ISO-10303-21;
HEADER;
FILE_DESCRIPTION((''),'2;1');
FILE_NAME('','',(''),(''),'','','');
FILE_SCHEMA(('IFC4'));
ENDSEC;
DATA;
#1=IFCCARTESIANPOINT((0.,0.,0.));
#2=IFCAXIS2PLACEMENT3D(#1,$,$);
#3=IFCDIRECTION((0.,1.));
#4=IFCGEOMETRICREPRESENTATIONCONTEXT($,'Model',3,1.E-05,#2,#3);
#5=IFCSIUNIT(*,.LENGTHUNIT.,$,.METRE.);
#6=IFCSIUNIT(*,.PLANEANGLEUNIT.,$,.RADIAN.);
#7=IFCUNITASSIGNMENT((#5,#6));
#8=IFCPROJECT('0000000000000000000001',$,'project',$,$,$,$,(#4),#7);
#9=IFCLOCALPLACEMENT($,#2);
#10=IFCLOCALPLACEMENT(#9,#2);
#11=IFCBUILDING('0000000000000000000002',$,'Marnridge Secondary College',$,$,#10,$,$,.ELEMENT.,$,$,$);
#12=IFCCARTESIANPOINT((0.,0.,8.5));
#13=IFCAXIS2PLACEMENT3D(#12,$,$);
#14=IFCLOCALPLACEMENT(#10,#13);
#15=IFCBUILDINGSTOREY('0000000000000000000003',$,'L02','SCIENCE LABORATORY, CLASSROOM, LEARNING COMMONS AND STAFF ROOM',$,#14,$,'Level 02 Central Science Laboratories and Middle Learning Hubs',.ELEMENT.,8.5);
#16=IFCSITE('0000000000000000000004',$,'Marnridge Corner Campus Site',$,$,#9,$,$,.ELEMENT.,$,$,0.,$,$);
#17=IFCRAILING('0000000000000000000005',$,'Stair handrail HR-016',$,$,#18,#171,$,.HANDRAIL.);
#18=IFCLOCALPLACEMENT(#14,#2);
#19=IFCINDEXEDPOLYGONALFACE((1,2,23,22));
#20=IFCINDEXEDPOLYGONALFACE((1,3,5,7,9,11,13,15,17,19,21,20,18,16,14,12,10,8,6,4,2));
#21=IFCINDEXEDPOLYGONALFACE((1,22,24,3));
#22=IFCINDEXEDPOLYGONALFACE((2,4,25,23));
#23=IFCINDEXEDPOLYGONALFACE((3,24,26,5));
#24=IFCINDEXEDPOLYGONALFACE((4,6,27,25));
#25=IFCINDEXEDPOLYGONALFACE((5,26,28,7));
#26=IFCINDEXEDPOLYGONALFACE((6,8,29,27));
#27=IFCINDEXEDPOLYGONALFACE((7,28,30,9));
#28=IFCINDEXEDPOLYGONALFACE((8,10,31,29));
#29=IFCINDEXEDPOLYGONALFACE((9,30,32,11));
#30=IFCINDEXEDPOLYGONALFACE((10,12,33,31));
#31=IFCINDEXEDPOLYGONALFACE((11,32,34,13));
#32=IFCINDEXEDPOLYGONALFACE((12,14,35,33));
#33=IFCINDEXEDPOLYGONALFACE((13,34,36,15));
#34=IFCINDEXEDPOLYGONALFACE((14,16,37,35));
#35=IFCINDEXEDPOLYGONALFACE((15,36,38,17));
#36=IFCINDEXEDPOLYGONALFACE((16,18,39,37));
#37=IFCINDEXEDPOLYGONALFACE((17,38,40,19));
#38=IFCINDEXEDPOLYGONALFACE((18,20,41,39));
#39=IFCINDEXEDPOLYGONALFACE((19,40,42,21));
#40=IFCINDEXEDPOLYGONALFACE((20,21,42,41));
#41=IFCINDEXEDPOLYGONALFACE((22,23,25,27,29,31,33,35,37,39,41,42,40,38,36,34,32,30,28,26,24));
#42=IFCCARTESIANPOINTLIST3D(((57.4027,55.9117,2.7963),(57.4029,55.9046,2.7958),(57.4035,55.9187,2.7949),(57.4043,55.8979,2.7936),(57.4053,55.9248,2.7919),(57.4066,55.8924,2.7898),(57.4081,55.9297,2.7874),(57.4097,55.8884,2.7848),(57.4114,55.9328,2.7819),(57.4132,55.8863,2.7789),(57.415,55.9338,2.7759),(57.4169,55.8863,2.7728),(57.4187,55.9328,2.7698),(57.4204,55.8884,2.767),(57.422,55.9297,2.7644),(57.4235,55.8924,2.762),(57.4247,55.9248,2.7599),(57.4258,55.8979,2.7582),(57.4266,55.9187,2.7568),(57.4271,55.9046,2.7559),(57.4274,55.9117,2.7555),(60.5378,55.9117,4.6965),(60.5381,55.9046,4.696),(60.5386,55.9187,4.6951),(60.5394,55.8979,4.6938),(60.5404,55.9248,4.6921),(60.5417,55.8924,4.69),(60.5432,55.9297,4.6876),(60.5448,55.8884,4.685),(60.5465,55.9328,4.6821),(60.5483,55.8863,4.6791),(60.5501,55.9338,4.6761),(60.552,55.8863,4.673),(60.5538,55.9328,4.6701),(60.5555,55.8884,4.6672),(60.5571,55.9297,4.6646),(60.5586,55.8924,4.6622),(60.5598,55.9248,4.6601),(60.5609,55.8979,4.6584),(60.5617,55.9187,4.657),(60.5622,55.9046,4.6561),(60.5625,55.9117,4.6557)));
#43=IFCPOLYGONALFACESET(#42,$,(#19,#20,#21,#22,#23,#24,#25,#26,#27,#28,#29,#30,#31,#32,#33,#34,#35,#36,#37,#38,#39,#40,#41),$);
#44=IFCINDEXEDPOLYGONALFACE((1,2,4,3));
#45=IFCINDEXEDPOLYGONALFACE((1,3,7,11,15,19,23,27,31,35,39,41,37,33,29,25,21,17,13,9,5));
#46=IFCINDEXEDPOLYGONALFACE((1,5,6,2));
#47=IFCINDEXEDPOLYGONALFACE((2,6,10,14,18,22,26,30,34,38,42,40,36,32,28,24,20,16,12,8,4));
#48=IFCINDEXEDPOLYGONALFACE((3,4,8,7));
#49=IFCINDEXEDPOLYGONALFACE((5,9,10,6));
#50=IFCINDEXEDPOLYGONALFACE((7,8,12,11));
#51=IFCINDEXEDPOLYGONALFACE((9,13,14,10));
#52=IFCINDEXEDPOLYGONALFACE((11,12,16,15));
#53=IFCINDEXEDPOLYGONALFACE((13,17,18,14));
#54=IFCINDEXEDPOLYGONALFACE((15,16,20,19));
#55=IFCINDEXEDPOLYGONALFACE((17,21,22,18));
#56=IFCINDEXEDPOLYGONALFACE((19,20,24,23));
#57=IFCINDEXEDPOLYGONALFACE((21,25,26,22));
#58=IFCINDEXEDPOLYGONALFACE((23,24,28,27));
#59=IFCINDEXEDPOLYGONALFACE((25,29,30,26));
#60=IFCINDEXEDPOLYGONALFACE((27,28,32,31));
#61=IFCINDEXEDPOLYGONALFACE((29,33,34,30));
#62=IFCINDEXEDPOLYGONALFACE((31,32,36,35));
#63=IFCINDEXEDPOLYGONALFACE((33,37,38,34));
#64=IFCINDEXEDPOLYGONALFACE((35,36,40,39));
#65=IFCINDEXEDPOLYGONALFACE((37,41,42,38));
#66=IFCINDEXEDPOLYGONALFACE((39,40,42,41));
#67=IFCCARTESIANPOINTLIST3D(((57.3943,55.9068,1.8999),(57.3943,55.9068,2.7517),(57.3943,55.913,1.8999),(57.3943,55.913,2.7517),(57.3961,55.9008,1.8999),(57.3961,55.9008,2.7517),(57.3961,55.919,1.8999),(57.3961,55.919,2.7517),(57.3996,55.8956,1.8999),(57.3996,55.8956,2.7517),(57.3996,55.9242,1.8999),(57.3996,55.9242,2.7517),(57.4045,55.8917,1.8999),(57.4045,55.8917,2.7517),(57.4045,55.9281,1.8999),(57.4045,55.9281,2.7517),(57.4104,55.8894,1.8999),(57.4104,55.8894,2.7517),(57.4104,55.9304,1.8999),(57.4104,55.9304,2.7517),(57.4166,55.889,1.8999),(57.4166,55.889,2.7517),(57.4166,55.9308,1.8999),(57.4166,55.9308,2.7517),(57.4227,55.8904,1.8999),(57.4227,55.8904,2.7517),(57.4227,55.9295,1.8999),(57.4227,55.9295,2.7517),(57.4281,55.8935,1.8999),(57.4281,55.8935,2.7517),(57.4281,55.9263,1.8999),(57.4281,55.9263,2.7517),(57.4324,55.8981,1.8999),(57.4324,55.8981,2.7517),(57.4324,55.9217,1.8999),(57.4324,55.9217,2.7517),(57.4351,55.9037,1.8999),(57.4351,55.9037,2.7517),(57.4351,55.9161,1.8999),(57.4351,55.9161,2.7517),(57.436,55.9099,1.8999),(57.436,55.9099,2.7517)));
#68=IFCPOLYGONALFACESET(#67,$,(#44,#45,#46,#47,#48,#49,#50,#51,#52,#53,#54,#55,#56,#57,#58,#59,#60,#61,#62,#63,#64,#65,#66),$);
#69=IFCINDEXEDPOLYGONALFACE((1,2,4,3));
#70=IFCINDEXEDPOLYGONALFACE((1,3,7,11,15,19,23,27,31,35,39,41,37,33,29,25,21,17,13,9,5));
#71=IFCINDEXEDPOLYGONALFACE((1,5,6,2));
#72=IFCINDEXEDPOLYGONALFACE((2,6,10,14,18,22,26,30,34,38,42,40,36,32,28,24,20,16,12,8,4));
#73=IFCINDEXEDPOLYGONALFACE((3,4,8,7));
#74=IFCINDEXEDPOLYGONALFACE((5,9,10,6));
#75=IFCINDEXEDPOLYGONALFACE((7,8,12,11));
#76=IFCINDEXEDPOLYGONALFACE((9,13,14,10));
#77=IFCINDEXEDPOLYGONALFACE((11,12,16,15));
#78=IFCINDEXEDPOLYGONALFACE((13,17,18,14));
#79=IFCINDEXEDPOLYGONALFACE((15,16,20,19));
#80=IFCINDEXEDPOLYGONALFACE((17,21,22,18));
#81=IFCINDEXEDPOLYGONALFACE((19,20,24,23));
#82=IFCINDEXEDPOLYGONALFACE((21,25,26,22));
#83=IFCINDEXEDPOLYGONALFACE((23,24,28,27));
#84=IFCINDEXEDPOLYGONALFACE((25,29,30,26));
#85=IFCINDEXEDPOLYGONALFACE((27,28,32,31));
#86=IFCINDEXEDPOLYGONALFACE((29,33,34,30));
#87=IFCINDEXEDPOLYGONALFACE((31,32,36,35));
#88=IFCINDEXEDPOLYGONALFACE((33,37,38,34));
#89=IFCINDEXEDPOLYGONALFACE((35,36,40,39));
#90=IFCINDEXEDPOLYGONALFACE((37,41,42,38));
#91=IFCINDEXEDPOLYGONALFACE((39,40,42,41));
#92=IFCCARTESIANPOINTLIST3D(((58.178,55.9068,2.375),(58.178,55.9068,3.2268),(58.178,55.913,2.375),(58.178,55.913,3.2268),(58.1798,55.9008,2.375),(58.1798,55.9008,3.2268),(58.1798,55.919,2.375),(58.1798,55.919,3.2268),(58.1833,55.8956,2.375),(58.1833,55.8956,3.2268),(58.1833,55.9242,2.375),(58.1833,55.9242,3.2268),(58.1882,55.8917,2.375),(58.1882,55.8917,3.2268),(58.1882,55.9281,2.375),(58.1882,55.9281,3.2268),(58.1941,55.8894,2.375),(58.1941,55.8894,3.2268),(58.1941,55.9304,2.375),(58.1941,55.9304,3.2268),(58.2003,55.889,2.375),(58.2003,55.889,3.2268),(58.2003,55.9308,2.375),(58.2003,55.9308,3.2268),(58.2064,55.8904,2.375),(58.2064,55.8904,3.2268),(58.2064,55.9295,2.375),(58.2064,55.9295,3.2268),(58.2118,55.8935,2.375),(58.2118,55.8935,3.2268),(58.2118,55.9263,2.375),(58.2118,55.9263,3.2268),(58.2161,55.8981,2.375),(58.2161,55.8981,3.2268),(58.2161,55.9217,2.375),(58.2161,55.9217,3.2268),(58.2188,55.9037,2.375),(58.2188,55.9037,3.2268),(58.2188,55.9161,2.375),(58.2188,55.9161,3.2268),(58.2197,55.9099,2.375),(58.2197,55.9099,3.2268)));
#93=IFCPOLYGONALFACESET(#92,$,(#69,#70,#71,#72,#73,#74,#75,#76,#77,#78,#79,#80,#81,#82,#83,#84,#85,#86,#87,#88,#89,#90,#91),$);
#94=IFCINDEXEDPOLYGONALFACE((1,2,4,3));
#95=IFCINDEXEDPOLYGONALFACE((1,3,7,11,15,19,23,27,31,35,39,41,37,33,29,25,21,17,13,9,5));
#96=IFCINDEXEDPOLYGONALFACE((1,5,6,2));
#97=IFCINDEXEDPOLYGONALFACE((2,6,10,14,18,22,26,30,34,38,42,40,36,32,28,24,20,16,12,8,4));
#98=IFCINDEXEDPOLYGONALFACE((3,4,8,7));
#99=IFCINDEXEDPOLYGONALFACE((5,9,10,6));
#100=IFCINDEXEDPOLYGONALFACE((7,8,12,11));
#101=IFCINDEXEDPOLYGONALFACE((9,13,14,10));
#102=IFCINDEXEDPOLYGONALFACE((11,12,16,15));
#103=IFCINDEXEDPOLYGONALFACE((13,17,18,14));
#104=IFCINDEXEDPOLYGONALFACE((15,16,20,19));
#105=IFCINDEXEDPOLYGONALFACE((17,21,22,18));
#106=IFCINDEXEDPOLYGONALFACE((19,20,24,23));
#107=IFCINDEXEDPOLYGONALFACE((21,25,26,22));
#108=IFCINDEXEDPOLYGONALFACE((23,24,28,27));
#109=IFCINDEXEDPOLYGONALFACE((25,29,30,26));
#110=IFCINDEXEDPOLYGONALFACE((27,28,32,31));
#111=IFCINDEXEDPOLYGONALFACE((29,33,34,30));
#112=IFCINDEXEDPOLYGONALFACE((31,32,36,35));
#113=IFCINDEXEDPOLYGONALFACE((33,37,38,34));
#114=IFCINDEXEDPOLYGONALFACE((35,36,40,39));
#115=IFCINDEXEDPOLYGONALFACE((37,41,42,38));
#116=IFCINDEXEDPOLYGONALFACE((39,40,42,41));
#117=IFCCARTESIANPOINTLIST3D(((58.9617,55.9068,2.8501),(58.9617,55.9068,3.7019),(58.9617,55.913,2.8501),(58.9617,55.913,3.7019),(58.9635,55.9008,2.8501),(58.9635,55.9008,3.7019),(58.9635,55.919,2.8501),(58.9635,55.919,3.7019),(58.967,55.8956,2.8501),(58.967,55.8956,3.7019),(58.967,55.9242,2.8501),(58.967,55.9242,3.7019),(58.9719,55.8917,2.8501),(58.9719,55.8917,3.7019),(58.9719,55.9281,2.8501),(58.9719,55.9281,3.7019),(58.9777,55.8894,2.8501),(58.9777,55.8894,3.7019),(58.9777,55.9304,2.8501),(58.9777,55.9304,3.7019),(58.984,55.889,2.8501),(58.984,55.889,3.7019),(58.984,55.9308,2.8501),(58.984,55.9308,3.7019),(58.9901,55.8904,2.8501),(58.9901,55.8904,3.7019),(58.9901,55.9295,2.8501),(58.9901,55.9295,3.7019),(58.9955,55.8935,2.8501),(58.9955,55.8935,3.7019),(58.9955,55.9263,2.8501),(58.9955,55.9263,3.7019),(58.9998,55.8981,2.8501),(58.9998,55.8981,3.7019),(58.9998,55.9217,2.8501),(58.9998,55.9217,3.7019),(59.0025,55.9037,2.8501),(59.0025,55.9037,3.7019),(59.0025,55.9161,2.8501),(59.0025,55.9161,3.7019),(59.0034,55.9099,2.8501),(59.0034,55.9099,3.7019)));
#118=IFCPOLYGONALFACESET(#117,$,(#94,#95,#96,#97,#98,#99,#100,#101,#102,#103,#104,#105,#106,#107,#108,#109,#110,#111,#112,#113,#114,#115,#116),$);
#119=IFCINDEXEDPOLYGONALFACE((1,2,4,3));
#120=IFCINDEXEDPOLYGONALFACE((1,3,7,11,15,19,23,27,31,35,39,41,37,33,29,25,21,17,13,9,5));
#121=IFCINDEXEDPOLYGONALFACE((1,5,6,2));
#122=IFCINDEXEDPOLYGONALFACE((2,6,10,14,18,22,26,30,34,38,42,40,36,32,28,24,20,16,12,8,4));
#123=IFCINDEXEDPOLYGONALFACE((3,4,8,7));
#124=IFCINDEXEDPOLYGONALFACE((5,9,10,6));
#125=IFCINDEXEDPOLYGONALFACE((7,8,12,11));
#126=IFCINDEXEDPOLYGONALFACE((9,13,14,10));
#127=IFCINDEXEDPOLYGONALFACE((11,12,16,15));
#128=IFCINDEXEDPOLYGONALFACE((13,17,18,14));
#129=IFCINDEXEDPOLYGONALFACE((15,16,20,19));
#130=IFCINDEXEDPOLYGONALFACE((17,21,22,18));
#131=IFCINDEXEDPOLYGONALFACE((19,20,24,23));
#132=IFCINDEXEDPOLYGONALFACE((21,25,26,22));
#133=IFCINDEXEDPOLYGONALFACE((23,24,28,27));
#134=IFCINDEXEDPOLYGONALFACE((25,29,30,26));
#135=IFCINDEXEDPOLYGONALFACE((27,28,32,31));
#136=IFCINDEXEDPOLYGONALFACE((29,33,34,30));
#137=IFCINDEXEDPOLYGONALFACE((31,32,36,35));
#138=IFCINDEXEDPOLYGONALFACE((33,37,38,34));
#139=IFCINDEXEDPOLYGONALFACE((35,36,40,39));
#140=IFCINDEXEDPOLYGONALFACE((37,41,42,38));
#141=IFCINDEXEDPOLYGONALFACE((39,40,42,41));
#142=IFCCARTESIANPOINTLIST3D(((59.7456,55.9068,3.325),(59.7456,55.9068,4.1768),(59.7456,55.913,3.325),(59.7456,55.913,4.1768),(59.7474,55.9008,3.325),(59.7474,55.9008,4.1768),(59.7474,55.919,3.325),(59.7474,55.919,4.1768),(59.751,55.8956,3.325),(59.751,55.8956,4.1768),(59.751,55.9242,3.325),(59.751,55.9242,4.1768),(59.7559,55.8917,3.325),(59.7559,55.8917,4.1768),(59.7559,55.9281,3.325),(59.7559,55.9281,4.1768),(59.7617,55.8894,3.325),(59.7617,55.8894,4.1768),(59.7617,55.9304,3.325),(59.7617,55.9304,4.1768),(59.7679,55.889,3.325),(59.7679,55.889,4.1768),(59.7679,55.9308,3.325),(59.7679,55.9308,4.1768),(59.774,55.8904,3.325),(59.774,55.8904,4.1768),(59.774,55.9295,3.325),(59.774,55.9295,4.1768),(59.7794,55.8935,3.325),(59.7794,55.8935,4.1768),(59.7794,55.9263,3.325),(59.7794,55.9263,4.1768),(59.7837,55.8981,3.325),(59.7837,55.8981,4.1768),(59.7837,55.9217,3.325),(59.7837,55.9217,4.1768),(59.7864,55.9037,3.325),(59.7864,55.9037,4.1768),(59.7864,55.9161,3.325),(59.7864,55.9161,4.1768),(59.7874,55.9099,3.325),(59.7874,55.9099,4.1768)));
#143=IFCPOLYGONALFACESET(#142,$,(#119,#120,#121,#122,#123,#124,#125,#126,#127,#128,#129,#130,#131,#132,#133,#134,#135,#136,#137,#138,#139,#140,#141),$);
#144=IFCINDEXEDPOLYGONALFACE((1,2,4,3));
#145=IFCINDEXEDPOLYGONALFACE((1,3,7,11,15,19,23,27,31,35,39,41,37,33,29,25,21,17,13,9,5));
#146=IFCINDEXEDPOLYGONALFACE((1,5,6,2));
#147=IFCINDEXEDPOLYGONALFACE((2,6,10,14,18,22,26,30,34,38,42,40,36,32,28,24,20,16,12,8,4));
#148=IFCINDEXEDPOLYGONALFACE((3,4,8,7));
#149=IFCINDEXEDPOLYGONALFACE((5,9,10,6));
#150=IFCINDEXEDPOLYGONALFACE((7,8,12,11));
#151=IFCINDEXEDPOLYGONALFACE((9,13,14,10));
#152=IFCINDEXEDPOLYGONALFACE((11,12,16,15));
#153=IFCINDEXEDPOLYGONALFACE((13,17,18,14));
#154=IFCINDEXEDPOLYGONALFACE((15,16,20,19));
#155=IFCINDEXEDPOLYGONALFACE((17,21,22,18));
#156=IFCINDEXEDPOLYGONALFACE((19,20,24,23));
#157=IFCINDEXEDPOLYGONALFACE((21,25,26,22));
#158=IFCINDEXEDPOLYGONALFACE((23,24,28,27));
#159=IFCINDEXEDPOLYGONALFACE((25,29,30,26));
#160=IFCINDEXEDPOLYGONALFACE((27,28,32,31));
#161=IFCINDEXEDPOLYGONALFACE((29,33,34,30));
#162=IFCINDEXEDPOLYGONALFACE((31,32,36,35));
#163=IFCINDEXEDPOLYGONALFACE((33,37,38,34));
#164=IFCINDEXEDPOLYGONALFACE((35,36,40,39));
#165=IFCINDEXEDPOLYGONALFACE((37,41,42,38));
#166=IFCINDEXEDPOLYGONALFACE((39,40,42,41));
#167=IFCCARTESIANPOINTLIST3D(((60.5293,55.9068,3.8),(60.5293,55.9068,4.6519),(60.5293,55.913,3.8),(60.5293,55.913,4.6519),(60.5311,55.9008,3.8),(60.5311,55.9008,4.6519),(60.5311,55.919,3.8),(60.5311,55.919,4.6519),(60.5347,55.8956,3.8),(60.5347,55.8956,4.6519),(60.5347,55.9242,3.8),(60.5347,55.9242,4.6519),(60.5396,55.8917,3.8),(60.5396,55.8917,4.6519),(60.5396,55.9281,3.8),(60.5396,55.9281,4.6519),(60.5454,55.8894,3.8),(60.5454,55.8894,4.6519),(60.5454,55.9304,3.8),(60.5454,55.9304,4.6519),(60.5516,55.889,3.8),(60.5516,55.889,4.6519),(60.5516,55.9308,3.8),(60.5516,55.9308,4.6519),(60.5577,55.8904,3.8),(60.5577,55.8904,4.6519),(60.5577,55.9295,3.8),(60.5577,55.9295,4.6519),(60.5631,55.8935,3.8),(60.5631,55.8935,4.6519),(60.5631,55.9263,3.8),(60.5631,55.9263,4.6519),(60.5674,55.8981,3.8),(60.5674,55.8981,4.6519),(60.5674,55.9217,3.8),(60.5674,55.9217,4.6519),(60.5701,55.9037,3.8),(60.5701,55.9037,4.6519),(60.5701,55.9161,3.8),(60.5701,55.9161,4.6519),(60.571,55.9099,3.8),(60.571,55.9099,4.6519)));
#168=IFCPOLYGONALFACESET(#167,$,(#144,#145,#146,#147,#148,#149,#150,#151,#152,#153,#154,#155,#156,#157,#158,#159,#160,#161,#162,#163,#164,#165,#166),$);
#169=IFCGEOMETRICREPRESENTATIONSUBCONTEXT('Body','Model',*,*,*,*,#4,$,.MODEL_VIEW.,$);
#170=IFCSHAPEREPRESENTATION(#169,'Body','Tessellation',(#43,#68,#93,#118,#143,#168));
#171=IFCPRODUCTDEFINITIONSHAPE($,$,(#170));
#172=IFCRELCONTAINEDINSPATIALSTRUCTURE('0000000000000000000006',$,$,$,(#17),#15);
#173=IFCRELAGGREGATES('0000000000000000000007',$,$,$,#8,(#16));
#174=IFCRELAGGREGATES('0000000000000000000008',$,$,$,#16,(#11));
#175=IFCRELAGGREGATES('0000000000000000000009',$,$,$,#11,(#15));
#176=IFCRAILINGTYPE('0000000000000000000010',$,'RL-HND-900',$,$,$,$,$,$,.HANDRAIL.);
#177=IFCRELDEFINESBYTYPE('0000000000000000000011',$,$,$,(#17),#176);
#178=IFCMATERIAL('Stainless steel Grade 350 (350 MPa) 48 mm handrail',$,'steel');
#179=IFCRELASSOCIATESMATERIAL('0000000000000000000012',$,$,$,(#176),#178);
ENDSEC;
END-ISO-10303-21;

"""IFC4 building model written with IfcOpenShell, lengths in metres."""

from ifc_helpers import new_model, si_unit, direction, frame, origin, origin_2d, place, context, subcontext, project, spatial, circle, extrude, material, type_object, element, save


model = new_model("IFC4")

# Units and contexts
model_context = context("Model", 3, precision=1e-05, world=origin(), true_north=direction((0.0, 1.0)))
body_context = subcontext(model_context, "Body", "Model", "MODEL_VIEW")
ifc_project = project(units=[si_unit("LENGTHUNIT", "METRE"), si_unit("PLANEANGLEUNIT", "RADIAN")], contexts=[model_context])

# Site, building, storey
site_placement = place(None, origin())
site = spatial("IfcSite", under=ifc_project, at=site_placement, Name="Marnridge Corner Campus Site", CompositionType="ELEMENT", RefElevation=0.0)
building_placement = place(site_placement, origin())
building = spatial("IfcBuilding", under=site, at=building_placement, Name="Marnridge Secondary College", CompositionType="ELEMENT")
storey_placement = place(building_placement, frame((0.0, 0.0, 8.5)))
storey = spatial("IfcBuildingStorey", under=building, at=storey_placement, Name="L02", Description="SCIENCE LABORATORY, CLASSROOM, LEARNING COMMONS AND STAFF ROOM", LongName="Level 02 Central Science Laboratories and Middle Learning Hubs", CompositionType="ELEMENT", Elevation=8.5)

# Railing
ifc_material_1 = material(Name="Stainless steel Grade 350 (350 MPa) 48 mm handrail", Category="steel")
railing_type_1 = type_object("IfcRailingType", Name="RL-HND-900", PredefinedType="HANDRAIL", material=ifc_material_1)
for number, where, name in (
    (1, (57.415, 55.9099, 1.8999), "Stair handrail HR-016"),
):
    element("IfcRailing", number, at=place(storey_placement, frame(where)), inside=storey, type_object=railing_type_1, Name=name, PredefinedType="HANDRAIL", context=body_context, shape_type="SweptSolid", body=[
        extrude(circle(Radius=0.0239, at=origin_2d()), frame((0.0, 0.0, 0.876), z_axis=(0.855181, 0.0, 0.51833), x_axis=(0.0, 1.0, 0.0)), (0.0, 0.0, 1.0), 3.666),
        extrude(circle(Radius=0.021, at=origin_2d()), origin(), (0.0, 0.0, 1.0), 0.8518),
        extrude(circle(Radius=0.021, at=origin_2d()), frame((0.7837, 0.0, 0.4751)), (0.0, 0.0, 1.0), 0.8518),
        extrude(circle(Radius=0.021, at=origin_2d()), frame((1.5674, 0.0, 0.9502)), (0.0, 0.0, 1.0), 0.8518),
        extrude(circle(Radius=0.021, at=origin_2d()), frame((2.3513, 0.0, 1.425)), (0.0, 0.0, 1.0), 0.8518),
        extrude(circle(Radius=0.021, at=origin_2d()), frame((3.135, 0.0, 1.9001)), (0.0, 0.0, 1.0), 0.8518),
    ])

save(model, "model.ifc")
